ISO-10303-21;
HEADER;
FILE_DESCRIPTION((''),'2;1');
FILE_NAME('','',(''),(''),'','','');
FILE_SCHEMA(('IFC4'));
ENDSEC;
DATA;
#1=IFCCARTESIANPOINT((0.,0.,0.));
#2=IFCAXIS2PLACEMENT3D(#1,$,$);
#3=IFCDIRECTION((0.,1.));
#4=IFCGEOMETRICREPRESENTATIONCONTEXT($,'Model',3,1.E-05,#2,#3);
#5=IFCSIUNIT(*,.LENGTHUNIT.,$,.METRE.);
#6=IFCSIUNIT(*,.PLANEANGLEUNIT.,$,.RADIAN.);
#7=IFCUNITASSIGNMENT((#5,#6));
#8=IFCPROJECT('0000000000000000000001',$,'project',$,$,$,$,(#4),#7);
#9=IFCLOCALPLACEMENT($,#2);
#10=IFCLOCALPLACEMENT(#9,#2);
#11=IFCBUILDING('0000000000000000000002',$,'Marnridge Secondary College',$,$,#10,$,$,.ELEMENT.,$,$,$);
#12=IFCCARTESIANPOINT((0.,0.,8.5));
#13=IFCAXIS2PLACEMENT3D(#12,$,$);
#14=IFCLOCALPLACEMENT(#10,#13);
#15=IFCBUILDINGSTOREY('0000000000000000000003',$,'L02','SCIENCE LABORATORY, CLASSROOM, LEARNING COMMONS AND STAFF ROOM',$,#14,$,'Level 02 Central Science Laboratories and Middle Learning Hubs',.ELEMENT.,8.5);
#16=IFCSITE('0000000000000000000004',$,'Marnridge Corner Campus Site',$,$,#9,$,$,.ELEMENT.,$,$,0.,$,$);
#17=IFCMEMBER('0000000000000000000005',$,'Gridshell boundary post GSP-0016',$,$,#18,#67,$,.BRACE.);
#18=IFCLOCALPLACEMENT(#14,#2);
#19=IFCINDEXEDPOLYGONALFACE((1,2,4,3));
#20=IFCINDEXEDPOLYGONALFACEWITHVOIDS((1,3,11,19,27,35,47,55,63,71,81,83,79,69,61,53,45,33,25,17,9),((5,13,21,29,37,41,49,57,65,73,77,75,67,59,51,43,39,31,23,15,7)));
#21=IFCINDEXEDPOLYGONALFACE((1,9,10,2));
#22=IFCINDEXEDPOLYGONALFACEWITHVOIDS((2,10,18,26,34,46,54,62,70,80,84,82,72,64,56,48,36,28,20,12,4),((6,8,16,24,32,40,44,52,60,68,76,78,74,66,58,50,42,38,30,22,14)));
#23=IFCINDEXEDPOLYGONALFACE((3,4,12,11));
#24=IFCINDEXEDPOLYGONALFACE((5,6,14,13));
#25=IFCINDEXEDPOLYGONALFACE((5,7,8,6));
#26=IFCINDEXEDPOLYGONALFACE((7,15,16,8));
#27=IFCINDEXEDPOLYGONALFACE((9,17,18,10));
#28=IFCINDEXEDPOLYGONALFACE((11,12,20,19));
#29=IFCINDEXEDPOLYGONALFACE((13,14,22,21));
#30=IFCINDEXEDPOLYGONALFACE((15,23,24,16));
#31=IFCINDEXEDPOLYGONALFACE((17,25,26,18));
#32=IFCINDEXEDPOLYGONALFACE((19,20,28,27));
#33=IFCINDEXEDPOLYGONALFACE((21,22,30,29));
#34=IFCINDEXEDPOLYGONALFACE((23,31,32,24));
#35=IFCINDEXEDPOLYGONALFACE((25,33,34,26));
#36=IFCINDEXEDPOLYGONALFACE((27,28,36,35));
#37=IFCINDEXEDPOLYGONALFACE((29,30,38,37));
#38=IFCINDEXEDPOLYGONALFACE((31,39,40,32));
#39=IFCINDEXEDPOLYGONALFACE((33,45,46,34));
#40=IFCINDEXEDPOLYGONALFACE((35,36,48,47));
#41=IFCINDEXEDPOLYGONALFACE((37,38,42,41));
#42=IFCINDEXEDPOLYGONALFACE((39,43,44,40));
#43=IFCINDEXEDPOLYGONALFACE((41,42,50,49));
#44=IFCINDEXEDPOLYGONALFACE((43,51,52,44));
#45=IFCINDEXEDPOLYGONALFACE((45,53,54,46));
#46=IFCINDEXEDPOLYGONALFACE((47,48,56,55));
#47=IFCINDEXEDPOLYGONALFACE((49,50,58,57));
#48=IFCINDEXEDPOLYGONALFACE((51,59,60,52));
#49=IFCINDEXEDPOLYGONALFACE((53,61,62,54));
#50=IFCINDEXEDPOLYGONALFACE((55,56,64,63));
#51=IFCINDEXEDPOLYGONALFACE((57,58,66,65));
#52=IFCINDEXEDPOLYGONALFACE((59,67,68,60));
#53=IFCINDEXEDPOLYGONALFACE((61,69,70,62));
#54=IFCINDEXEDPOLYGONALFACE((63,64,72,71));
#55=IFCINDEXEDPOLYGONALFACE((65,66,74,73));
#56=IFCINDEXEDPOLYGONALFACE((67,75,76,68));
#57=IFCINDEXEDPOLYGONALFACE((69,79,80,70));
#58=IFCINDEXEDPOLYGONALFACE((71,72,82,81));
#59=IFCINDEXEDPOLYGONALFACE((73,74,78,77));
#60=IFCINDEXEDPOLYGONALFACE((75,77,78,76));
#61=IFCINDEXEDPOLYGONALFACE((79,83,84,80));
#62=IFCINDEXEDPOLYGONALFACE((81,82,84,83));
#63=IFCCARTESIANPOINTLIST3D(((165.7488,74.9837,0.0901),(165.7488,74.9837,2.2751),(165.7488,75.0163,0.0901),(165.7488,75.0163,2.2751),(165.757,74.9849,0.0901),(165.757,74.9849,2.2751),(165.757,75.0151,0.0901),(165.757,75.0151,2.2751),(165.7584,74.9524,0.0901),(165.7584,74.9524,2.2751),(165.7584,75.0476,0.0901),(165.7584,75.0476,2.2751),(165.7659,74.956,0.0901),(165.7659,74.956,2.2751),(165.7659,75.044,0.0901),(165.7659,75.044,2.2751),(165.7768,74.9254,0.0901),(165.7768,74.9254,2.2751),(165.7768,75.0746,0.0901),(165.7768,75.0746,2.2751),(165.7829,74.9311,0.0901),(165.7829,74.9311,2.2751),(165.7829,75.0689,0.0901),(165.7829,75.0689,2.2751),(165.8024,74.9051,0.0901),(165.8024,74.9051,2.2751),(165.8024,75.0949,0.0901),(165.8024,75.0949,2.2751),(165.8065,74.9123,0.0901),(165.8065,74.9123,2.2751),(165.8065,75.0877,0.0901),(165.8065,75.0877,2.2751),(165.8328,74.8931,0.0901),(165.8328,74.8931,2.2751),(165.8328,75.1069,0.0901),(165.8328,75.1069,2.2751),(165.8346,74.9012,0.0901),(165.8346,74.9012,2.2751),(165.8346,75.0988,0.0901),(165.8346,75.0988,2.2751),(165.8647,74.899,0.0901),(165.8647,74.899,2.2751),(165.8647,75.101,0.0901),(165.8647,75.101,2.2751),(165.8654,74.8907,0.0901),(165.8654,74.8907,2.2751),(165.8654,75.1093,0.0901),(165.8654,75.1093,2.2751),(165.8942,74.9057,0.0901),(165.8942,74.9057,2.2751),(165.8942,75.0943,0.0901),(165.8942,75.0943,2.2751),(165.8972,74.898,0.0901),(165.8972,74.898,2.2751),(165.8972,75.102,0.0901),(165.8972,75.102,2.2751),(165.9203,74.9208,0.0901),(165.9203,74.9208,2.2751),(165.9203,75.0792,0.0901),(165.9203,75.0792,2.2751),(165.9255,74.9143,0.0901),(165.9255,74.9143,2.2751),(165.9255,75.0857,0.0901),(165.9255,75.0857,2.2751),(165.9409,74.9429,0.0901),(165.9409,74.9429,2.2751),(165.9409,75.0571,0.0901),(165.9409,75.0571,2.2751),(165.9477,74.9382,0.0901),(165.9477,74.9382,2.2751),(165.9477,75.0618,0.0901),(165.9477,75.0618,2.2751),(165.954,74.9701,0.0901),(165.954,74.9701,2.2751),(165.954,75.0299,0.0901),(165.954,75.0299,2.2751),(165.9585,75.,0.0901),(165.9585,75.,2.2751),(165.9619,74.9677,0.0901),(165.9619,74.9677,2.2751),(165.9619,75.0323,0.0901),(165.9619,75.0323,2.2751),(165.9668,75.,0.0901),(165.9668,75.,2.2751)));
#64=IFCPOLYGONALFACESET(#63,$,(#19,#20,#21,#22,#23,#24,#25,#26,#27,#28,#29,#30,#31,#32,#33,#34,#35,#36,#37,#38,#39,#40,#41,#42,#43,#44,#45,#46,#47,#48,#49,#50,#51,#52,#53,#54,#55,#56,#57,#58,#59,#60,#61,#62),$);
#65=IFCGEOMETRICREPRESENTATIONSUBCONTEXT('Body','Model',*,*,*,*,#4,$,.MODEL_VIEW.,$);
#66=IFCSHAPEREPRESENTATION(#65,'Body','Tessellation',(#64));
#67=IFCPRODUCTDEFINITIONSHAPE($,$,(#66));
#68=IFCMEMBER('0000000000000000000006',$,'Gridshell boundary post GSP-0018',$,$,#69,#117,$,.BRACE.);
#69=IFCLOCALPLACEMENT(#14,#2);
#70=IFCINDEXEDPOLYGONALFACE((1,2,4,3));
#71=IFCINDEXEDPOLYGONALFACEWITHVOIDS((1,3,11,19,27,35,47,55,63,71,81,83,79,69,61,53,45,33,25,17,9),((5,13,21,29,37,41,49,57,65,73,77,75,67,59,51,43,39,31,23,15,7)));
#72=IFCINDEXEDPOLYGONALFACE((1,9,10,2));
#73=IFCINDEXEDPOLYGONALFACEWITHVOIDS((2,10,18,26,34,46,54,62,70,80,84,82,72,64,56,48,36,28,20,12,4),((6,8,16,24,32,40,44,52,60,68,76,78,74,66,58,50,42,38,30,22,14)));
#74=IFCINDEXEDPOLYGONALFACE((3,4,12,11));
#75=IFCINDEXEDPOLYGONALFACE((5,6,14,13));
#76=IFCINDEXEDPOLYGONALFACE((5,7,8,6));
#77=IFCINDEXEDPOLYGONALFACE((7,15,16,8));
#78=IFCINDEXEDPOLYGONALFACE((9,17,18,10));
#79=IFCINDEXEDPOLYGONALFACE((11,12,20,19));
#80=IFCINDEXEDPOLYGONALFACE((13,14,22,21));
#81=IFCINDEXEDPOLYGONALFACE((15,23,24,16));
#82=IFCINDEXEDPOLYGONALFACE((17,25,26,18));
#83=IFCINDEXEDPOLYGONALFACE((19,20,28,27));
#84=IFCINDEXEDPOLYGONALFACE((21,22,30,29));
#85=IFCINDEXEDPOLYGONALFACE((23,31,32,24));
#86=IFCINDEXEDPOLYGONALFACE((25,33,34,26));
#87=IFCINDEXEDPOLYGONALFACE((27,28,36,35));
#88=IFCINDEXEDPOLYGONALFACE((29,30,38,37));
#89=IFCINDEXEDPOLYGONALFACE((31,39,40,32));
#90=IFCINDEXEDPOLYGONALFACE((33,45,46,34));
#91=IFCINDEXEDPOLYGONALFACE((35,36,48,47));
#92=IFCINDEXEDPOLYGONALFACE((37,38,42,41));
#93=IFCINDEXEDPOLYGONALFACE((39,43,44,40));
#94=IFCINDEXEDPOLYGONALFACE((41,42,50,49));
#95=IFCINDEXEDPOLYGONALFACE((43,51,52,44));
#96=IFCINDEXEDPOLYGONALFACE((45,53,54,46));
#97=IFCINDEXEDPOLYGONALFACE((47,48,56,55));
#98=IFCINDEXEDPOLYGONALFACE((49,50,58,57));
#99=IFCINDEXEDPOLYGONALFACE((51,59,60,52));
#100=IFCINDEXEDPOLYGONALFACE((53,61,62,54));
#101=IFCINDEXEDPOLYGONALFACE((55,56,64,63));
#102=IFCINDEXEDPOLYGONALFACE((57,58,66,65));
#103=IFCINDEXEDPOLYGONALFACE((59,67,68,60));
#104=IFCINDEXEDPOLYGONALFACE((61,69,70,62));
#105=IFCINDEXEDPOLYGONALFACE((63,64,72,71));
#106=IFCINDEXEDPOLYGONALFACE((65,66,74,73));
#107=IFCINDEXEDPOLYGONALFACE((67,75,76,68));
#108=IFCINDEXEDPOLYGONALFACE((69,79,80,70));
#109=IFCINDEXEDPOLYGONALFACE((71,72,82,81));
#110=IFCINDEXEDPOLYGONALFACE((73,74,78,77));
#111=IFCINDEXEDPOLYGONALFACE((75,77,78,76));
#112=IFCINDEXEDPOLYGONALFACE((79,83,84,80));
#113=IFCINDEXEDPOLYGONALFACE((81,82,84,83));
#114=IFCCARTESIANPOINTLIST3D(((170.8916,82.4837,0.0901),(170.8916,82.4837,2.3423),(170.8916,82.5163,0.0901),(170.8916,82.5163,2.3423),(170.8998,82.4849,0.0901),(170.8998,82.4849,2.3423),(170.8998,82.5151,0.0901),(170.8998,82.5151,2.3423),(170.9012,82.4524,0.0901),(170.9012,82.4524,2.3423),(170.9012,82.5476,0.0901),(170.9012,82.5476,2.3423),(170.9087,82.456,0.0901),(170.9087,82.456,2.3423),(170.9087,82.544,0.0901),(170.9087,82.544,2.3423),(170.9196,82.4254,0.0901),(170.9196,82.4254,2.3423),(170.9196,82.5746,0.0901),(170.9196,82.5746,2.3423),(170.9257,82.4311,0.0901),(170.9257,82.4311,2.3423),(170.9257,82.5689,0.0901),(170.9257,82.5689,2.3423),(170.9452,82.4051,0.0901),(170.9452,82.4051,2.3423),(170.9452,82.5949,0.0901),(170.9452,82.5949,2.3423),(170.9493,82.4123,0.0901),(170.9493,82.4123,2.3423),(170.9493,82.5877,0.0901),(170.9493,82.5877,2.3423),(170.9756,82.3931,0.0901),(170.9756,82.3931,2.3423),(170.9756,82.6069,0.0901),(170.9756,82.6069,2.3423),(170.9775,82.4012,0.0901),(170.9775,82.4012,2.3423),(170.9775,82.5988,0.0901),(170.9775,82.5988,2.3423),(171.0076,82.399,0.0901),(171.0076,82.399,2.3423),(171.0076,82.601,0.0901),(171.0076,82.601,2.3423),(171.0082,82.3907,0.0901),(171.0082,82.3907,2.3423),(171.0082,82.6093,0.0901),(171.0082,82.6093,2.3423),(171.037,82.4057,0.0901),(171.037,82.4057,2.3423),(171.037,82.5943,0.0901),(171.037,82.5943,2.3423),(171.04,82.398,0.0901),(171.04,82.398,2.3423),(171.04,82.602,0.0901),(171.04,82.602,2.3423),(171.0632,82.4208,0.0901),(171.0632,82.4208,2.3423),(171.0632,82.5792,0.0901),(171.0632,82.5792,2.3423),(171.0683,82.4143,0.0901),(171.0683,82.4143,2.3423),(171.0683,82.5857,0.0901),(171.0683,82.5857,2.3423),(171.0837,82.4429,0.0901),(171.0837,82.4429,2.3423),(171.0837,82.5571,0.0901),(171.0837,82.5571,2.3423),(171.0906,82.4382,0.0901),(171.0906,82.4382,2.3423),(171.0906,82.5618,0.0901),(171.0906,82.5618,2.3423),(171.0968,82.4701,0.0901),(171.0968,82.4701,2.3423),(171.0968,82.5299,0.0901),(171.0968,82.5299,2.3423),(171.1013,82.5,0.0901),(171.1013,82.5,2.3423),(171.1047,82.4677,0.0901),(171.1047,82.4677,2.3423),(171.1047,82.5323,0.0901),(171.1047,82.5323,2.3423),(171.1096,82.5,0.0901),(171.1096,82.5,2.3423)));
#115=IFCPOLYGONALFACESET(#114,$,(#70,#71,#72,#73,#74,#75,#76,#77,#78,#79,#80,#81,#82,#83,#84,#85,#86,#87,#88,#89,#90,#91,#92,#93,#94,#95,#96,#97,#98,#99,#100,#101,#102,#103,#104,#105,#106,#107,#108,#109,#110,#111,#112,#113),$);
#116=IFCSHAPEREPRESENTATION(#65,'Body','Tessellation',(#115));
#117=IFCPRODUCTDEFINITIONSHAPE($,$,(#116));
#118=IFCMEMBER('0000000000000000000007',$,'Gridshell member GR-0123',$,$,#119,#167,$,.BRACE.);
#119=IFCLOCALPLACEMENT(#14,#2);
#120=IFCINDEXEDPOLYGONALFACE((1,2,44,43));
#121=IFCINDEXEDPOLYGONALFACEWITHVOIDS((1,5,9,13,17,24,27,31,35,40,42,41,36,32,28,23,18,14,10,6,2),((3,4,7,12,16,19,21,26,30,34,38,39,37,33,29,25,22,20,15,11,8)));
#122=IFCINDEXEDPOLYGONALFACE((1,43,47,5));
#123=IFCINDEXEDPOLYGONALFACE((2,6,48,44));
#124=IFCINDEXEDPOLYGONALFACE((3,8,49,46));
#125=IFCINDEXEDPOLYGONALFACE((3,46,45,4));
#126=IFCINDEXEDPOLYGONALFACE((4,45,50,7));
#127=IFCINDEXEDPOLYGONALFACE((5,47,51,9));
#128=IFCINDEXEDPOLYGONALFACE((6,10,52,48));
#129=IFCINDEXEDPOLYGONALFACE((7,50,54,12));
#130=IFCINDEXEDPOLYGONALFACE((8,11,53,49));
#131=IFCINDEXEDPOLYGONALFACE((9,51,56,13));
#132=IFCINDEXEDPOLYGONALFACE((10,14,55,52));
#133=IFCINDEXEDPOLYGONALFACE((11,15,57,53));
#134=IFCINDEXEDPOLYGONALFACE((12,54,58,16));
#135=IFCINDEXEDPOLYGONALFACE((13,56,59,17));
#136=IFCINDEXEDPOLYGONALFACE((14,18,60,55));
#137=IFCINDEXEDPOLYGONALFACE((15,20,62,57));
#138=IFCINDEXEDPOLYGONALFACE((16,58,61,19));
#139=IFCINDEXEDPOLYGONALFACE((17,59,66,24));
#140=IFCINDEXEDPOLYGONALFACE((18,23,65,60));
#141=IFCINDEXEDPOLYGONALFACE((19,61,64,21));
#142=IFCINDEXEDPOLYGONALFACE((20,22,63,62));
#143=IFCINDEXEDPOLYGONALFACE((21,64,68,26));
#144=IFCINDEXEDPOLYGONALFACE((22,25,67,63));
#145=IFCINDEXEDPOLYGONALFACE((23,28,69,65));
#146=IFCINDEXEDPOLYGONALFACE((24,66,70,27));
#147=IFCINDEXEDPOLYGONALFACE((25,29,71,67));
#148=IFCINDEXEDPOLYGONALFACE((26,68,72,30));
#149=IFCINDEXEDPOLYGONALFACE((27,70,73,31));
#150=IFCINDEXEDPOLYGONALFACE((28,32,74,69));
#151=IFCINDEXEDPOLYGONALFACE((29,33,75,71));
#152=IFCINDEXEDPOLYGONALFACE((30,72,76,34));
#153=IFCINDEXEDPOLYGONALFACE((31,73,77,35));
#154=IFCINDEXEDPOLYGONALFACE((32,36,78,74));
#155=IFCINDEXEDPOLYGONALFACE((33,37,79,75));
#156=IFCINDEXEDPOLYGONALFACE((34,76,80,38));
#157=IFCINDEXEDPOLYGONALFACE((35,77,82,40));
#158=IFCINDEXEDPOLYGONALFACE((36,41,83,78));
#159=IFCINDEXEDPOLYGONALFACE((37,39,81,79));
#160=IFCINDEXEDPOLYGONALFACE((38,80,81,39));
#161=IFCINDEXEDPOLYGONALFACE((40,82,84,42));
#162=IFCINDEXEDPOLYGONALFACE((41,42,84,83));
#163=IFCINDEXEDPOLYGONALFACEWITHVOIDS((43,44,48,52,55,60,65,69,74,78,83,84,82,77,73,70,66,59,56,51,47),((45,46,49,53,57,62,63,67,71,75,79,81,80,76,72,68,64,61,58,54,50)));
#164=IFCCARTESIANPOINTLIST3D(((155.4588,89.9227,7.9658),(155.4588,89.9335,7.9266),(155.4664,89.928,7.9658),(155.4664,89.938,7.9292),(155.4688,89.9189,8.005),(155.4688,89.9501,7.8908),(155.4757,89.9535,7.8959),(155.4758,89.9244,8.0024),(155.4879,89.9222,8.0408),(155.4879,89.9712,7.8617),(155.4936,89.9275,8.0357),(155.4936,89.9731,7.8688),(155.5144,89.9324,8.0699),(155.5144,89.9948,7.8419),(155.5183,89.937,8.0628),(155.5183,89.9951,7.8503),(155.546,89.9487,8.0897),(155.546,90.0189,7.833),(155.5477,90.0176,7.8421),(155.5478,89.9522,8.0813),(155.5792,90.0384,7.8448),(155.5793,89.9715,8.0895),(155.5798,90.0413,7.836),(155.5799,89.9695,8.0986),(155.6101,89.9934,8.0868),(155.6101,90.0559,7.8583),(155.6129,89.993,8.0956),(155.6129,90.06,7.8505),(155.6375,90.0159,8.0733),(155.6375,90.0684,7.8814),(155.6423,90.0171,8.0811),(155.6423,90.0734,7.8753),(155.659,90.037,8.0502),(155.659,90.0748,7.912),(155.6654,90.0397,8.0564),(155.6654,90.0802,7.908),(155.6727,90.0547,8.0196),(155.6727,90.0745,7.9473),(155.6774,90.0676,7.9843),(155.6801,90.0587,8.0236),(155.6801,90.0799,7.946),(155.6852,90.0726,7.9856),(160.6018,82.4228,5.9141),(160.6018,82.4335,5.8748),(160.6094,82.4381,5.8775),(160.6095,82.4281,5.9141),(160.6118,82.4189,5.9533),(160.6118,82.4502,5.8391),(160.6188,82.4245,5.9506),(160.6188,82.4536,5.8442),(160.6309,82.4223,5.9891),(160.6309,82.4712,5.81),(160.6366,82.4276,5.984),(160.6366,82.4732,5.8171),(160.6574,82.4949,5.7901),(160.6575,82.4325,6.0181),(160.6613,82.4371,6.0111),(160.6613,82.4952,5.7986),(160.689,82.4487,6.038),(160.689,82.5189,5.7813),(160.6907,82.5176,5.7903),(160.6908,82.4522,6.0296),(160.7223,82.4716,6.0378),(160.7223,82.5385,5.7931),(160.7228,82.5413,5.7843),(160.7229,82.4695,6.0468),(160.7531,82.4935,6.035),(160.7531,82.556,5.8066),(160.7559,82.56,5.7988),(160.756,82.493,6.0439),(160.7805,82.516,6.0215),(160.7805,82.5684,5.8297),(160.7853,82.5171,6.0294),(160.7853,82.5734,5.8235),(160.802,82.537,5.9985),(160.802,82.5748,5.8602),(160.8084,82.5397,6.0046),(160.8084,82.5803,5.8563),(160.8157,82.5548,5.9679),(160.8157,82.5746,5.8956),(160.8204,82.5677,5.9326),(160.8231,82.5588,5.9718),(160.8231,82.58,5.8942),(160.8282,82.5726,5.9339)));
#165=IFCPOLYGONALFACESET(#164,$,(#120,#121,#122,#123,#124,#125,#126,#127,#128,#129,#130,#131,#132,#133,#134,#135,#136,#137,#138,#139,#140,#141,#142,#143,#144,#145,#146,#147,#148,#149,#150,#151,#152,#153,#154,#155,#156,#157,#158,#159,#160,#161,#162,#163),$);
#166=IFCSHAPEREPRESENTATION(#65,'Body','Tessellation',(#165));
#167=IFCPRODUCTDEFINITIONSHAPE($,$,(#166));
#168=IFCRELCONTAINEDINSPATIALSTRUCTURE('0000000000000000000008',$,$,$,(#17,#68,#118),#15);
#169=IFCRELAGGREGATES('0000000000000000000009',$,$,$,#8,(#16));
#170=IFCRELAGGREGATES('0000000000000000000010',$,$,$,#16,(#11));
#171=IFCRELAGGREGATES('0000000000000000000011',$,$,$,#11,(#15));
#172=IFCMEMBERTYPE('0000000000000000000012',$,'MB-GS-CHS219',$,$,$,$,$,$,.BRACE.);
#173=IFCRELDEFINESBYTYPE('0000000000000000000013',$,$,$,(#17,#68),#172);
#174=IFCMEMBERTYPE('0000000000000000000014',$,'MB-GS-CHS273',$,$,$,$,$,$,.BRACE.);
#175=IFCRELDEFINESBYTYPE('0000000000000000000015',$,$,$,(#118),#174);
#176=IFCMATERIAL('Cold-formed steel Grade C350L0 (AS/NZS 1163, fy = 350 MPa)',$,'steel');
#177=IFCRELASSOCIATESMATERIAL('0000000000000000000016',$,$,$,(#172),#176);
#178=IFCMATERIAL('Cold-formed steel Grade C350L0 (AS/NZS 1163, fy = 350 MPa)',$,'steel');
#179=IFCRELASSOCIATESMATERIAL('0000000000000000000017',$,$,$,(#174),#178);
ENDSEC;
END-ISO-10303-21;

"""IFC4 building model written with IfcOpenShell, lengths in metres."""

from ifc_helpers import new_model, si_unit, direction, frame, origin, origin_2d, place, context, subcontext, project, spatial, hollow_circle, extrude, material, material_profile, profile_set, type_object, element, save


model = new_model("IFC4")

# Units and contexts
model_context = context("Model", 3, precision=1e-05, world=origin(), true_north=direction((0.0, 1.0)))
body_context = subcontext(model_context, "Body", "Model", "MODEL_VIEW")
ifc_project = project(units=[si_unit("LENGTHUNIT", "METRE"), si_unit("PLANEANGLEUNIT", "RADIAN")], contexts=[model_context])

# Site, building, storey
site_placement = place(None, origin())
site = spatial("IfcSite", under=ifc_project, at=site_placement, Name="Marnridge Corner Campus Site", CompositionType="ELEMENT", RefElevation=0.0)
building_placement = place(site_placement, origin())
building = spatial("IfcBuilding", under=site, at=building_placement, Name="Marnridge Secondary College", CompositionType="ELEMENT")
storey_placement = place(building_placement, frame((0.0, 0.0, 8.5)))
storey = spatial("IfcBuildingStorey", under=building, at=storey_placement, Name="L02", Description="SCIENCE LABORATORY, CLASSROOM, LEARNING COMMONS AND STAFF ROOM", LongName="Level 02 Central Science Laboratories and Middle Learning Hubs", CompositionType="ELEMENT", Elevation=8.5)

# Members
ifc_material_1 = material(Name="Cold-formed steel Grade C350L0 (AS/NZS 1163, fy = 350 MPa)", Category="steel")
ifc_material_profile_1 = material_profile(ifc_material_1, hollow_circle(Radius=0.1096, WallThickness=0.0083, at=origin_2d()), Name="219.1x8.2CHS")
ifc_profile_set_1 = profile_set([ifc_material_profile_1], Name="Cold-formed steel Grade C350L0 (AS/NZS 1163, fy = 350 MPa)")
member_type_1 = type_object("IfcMemberType", Name="MB-GS-CHS219", PredefinedType="BRACE", material=ifc_profile_set_1)
member_1_placement = place(storey_placement, frame((165.8572, 75.0, 0.0901), z_axis=(0.0, 0.0, 1.0), x_axis=(1.0, 0.0, 0.0)))
element("IfcMember", 1, at=member_1_placement, inside=storey, type_object=member_type_1, Name="Gridshell boundary post GSP-0016", PredefinedType="BRACE", context=body_context, shape_type="SweptSolid", body=[
    extrude(hollow_circle(Radius=0.1096, WallThickness=0.0083, at=origin_2d()), origin(), (0.0, 0.0, 1.0), 2.1851),
])
member_2_placement = place(storey_placement, frame((171.0, 82.5, 0.0901), z_axis=(0.0, 0.0, 1.0), x_axis=(1.0, 0.0, 0.0)))
element("IfcMember", 2, at=member_2_placement, inside=storey, type_object=member_type_1, Name="Gridshell boundary post GSP-0018", PredefinedType="BRACE", context=body_context, shape_type="SweptSolid", body=[
    extrude(hollow_circle(Radius=0.1096, WallThickness=0.0083, at=origin_2d()), origin(), (0.0, 0.0, 1.0), 2.2522),
])
ifc_material_2 = material(Name="Cold-formed steel Grade C350L0 (AS/NZS 1163, fy = 350 MPa)", Category="steel")
ifc_material_profile_2 = material_profile(ifc_material_2, hollow_circle(Radius=0.1365, WallThickness=0.0093, at=origin_2d()), Name="273.1x9.3CHS")
ifc_profile_set_2 = profile_set([ifc_material_profile_2], Name="Cold-formed steel Grade C350L0 (AS/NZS 1163, fy = 350 MPa)")
member_type_2 = type_object("IfcMemberType", Name="MB-GS-CHS273", PredefinedType="BRACE", material=ifc_profile_set_2)
member_3_placement = place(storey_placement, frame((160.7144, 82.5, 5.9141), z_axis=(-0.551677, 0.804497, 0.220084), x_axis=(-0.824718, -0.565544, 0.0)))
element("IfcMember", 3, at=member_3_placement, inside=storey, type_object=member_type_2, Name="Gridshell member GR-0123", PredefinedType="BRACE", context=body_context, shape_type="SweptSolid", body=[
    extrude(hollow_circle(Radius=0.1365, WallThickness=0.0093, at=origin_2d()), origin(), (0.0, 0.0, 1.0), 9.3225),
])

save(model, "model.ifc")
